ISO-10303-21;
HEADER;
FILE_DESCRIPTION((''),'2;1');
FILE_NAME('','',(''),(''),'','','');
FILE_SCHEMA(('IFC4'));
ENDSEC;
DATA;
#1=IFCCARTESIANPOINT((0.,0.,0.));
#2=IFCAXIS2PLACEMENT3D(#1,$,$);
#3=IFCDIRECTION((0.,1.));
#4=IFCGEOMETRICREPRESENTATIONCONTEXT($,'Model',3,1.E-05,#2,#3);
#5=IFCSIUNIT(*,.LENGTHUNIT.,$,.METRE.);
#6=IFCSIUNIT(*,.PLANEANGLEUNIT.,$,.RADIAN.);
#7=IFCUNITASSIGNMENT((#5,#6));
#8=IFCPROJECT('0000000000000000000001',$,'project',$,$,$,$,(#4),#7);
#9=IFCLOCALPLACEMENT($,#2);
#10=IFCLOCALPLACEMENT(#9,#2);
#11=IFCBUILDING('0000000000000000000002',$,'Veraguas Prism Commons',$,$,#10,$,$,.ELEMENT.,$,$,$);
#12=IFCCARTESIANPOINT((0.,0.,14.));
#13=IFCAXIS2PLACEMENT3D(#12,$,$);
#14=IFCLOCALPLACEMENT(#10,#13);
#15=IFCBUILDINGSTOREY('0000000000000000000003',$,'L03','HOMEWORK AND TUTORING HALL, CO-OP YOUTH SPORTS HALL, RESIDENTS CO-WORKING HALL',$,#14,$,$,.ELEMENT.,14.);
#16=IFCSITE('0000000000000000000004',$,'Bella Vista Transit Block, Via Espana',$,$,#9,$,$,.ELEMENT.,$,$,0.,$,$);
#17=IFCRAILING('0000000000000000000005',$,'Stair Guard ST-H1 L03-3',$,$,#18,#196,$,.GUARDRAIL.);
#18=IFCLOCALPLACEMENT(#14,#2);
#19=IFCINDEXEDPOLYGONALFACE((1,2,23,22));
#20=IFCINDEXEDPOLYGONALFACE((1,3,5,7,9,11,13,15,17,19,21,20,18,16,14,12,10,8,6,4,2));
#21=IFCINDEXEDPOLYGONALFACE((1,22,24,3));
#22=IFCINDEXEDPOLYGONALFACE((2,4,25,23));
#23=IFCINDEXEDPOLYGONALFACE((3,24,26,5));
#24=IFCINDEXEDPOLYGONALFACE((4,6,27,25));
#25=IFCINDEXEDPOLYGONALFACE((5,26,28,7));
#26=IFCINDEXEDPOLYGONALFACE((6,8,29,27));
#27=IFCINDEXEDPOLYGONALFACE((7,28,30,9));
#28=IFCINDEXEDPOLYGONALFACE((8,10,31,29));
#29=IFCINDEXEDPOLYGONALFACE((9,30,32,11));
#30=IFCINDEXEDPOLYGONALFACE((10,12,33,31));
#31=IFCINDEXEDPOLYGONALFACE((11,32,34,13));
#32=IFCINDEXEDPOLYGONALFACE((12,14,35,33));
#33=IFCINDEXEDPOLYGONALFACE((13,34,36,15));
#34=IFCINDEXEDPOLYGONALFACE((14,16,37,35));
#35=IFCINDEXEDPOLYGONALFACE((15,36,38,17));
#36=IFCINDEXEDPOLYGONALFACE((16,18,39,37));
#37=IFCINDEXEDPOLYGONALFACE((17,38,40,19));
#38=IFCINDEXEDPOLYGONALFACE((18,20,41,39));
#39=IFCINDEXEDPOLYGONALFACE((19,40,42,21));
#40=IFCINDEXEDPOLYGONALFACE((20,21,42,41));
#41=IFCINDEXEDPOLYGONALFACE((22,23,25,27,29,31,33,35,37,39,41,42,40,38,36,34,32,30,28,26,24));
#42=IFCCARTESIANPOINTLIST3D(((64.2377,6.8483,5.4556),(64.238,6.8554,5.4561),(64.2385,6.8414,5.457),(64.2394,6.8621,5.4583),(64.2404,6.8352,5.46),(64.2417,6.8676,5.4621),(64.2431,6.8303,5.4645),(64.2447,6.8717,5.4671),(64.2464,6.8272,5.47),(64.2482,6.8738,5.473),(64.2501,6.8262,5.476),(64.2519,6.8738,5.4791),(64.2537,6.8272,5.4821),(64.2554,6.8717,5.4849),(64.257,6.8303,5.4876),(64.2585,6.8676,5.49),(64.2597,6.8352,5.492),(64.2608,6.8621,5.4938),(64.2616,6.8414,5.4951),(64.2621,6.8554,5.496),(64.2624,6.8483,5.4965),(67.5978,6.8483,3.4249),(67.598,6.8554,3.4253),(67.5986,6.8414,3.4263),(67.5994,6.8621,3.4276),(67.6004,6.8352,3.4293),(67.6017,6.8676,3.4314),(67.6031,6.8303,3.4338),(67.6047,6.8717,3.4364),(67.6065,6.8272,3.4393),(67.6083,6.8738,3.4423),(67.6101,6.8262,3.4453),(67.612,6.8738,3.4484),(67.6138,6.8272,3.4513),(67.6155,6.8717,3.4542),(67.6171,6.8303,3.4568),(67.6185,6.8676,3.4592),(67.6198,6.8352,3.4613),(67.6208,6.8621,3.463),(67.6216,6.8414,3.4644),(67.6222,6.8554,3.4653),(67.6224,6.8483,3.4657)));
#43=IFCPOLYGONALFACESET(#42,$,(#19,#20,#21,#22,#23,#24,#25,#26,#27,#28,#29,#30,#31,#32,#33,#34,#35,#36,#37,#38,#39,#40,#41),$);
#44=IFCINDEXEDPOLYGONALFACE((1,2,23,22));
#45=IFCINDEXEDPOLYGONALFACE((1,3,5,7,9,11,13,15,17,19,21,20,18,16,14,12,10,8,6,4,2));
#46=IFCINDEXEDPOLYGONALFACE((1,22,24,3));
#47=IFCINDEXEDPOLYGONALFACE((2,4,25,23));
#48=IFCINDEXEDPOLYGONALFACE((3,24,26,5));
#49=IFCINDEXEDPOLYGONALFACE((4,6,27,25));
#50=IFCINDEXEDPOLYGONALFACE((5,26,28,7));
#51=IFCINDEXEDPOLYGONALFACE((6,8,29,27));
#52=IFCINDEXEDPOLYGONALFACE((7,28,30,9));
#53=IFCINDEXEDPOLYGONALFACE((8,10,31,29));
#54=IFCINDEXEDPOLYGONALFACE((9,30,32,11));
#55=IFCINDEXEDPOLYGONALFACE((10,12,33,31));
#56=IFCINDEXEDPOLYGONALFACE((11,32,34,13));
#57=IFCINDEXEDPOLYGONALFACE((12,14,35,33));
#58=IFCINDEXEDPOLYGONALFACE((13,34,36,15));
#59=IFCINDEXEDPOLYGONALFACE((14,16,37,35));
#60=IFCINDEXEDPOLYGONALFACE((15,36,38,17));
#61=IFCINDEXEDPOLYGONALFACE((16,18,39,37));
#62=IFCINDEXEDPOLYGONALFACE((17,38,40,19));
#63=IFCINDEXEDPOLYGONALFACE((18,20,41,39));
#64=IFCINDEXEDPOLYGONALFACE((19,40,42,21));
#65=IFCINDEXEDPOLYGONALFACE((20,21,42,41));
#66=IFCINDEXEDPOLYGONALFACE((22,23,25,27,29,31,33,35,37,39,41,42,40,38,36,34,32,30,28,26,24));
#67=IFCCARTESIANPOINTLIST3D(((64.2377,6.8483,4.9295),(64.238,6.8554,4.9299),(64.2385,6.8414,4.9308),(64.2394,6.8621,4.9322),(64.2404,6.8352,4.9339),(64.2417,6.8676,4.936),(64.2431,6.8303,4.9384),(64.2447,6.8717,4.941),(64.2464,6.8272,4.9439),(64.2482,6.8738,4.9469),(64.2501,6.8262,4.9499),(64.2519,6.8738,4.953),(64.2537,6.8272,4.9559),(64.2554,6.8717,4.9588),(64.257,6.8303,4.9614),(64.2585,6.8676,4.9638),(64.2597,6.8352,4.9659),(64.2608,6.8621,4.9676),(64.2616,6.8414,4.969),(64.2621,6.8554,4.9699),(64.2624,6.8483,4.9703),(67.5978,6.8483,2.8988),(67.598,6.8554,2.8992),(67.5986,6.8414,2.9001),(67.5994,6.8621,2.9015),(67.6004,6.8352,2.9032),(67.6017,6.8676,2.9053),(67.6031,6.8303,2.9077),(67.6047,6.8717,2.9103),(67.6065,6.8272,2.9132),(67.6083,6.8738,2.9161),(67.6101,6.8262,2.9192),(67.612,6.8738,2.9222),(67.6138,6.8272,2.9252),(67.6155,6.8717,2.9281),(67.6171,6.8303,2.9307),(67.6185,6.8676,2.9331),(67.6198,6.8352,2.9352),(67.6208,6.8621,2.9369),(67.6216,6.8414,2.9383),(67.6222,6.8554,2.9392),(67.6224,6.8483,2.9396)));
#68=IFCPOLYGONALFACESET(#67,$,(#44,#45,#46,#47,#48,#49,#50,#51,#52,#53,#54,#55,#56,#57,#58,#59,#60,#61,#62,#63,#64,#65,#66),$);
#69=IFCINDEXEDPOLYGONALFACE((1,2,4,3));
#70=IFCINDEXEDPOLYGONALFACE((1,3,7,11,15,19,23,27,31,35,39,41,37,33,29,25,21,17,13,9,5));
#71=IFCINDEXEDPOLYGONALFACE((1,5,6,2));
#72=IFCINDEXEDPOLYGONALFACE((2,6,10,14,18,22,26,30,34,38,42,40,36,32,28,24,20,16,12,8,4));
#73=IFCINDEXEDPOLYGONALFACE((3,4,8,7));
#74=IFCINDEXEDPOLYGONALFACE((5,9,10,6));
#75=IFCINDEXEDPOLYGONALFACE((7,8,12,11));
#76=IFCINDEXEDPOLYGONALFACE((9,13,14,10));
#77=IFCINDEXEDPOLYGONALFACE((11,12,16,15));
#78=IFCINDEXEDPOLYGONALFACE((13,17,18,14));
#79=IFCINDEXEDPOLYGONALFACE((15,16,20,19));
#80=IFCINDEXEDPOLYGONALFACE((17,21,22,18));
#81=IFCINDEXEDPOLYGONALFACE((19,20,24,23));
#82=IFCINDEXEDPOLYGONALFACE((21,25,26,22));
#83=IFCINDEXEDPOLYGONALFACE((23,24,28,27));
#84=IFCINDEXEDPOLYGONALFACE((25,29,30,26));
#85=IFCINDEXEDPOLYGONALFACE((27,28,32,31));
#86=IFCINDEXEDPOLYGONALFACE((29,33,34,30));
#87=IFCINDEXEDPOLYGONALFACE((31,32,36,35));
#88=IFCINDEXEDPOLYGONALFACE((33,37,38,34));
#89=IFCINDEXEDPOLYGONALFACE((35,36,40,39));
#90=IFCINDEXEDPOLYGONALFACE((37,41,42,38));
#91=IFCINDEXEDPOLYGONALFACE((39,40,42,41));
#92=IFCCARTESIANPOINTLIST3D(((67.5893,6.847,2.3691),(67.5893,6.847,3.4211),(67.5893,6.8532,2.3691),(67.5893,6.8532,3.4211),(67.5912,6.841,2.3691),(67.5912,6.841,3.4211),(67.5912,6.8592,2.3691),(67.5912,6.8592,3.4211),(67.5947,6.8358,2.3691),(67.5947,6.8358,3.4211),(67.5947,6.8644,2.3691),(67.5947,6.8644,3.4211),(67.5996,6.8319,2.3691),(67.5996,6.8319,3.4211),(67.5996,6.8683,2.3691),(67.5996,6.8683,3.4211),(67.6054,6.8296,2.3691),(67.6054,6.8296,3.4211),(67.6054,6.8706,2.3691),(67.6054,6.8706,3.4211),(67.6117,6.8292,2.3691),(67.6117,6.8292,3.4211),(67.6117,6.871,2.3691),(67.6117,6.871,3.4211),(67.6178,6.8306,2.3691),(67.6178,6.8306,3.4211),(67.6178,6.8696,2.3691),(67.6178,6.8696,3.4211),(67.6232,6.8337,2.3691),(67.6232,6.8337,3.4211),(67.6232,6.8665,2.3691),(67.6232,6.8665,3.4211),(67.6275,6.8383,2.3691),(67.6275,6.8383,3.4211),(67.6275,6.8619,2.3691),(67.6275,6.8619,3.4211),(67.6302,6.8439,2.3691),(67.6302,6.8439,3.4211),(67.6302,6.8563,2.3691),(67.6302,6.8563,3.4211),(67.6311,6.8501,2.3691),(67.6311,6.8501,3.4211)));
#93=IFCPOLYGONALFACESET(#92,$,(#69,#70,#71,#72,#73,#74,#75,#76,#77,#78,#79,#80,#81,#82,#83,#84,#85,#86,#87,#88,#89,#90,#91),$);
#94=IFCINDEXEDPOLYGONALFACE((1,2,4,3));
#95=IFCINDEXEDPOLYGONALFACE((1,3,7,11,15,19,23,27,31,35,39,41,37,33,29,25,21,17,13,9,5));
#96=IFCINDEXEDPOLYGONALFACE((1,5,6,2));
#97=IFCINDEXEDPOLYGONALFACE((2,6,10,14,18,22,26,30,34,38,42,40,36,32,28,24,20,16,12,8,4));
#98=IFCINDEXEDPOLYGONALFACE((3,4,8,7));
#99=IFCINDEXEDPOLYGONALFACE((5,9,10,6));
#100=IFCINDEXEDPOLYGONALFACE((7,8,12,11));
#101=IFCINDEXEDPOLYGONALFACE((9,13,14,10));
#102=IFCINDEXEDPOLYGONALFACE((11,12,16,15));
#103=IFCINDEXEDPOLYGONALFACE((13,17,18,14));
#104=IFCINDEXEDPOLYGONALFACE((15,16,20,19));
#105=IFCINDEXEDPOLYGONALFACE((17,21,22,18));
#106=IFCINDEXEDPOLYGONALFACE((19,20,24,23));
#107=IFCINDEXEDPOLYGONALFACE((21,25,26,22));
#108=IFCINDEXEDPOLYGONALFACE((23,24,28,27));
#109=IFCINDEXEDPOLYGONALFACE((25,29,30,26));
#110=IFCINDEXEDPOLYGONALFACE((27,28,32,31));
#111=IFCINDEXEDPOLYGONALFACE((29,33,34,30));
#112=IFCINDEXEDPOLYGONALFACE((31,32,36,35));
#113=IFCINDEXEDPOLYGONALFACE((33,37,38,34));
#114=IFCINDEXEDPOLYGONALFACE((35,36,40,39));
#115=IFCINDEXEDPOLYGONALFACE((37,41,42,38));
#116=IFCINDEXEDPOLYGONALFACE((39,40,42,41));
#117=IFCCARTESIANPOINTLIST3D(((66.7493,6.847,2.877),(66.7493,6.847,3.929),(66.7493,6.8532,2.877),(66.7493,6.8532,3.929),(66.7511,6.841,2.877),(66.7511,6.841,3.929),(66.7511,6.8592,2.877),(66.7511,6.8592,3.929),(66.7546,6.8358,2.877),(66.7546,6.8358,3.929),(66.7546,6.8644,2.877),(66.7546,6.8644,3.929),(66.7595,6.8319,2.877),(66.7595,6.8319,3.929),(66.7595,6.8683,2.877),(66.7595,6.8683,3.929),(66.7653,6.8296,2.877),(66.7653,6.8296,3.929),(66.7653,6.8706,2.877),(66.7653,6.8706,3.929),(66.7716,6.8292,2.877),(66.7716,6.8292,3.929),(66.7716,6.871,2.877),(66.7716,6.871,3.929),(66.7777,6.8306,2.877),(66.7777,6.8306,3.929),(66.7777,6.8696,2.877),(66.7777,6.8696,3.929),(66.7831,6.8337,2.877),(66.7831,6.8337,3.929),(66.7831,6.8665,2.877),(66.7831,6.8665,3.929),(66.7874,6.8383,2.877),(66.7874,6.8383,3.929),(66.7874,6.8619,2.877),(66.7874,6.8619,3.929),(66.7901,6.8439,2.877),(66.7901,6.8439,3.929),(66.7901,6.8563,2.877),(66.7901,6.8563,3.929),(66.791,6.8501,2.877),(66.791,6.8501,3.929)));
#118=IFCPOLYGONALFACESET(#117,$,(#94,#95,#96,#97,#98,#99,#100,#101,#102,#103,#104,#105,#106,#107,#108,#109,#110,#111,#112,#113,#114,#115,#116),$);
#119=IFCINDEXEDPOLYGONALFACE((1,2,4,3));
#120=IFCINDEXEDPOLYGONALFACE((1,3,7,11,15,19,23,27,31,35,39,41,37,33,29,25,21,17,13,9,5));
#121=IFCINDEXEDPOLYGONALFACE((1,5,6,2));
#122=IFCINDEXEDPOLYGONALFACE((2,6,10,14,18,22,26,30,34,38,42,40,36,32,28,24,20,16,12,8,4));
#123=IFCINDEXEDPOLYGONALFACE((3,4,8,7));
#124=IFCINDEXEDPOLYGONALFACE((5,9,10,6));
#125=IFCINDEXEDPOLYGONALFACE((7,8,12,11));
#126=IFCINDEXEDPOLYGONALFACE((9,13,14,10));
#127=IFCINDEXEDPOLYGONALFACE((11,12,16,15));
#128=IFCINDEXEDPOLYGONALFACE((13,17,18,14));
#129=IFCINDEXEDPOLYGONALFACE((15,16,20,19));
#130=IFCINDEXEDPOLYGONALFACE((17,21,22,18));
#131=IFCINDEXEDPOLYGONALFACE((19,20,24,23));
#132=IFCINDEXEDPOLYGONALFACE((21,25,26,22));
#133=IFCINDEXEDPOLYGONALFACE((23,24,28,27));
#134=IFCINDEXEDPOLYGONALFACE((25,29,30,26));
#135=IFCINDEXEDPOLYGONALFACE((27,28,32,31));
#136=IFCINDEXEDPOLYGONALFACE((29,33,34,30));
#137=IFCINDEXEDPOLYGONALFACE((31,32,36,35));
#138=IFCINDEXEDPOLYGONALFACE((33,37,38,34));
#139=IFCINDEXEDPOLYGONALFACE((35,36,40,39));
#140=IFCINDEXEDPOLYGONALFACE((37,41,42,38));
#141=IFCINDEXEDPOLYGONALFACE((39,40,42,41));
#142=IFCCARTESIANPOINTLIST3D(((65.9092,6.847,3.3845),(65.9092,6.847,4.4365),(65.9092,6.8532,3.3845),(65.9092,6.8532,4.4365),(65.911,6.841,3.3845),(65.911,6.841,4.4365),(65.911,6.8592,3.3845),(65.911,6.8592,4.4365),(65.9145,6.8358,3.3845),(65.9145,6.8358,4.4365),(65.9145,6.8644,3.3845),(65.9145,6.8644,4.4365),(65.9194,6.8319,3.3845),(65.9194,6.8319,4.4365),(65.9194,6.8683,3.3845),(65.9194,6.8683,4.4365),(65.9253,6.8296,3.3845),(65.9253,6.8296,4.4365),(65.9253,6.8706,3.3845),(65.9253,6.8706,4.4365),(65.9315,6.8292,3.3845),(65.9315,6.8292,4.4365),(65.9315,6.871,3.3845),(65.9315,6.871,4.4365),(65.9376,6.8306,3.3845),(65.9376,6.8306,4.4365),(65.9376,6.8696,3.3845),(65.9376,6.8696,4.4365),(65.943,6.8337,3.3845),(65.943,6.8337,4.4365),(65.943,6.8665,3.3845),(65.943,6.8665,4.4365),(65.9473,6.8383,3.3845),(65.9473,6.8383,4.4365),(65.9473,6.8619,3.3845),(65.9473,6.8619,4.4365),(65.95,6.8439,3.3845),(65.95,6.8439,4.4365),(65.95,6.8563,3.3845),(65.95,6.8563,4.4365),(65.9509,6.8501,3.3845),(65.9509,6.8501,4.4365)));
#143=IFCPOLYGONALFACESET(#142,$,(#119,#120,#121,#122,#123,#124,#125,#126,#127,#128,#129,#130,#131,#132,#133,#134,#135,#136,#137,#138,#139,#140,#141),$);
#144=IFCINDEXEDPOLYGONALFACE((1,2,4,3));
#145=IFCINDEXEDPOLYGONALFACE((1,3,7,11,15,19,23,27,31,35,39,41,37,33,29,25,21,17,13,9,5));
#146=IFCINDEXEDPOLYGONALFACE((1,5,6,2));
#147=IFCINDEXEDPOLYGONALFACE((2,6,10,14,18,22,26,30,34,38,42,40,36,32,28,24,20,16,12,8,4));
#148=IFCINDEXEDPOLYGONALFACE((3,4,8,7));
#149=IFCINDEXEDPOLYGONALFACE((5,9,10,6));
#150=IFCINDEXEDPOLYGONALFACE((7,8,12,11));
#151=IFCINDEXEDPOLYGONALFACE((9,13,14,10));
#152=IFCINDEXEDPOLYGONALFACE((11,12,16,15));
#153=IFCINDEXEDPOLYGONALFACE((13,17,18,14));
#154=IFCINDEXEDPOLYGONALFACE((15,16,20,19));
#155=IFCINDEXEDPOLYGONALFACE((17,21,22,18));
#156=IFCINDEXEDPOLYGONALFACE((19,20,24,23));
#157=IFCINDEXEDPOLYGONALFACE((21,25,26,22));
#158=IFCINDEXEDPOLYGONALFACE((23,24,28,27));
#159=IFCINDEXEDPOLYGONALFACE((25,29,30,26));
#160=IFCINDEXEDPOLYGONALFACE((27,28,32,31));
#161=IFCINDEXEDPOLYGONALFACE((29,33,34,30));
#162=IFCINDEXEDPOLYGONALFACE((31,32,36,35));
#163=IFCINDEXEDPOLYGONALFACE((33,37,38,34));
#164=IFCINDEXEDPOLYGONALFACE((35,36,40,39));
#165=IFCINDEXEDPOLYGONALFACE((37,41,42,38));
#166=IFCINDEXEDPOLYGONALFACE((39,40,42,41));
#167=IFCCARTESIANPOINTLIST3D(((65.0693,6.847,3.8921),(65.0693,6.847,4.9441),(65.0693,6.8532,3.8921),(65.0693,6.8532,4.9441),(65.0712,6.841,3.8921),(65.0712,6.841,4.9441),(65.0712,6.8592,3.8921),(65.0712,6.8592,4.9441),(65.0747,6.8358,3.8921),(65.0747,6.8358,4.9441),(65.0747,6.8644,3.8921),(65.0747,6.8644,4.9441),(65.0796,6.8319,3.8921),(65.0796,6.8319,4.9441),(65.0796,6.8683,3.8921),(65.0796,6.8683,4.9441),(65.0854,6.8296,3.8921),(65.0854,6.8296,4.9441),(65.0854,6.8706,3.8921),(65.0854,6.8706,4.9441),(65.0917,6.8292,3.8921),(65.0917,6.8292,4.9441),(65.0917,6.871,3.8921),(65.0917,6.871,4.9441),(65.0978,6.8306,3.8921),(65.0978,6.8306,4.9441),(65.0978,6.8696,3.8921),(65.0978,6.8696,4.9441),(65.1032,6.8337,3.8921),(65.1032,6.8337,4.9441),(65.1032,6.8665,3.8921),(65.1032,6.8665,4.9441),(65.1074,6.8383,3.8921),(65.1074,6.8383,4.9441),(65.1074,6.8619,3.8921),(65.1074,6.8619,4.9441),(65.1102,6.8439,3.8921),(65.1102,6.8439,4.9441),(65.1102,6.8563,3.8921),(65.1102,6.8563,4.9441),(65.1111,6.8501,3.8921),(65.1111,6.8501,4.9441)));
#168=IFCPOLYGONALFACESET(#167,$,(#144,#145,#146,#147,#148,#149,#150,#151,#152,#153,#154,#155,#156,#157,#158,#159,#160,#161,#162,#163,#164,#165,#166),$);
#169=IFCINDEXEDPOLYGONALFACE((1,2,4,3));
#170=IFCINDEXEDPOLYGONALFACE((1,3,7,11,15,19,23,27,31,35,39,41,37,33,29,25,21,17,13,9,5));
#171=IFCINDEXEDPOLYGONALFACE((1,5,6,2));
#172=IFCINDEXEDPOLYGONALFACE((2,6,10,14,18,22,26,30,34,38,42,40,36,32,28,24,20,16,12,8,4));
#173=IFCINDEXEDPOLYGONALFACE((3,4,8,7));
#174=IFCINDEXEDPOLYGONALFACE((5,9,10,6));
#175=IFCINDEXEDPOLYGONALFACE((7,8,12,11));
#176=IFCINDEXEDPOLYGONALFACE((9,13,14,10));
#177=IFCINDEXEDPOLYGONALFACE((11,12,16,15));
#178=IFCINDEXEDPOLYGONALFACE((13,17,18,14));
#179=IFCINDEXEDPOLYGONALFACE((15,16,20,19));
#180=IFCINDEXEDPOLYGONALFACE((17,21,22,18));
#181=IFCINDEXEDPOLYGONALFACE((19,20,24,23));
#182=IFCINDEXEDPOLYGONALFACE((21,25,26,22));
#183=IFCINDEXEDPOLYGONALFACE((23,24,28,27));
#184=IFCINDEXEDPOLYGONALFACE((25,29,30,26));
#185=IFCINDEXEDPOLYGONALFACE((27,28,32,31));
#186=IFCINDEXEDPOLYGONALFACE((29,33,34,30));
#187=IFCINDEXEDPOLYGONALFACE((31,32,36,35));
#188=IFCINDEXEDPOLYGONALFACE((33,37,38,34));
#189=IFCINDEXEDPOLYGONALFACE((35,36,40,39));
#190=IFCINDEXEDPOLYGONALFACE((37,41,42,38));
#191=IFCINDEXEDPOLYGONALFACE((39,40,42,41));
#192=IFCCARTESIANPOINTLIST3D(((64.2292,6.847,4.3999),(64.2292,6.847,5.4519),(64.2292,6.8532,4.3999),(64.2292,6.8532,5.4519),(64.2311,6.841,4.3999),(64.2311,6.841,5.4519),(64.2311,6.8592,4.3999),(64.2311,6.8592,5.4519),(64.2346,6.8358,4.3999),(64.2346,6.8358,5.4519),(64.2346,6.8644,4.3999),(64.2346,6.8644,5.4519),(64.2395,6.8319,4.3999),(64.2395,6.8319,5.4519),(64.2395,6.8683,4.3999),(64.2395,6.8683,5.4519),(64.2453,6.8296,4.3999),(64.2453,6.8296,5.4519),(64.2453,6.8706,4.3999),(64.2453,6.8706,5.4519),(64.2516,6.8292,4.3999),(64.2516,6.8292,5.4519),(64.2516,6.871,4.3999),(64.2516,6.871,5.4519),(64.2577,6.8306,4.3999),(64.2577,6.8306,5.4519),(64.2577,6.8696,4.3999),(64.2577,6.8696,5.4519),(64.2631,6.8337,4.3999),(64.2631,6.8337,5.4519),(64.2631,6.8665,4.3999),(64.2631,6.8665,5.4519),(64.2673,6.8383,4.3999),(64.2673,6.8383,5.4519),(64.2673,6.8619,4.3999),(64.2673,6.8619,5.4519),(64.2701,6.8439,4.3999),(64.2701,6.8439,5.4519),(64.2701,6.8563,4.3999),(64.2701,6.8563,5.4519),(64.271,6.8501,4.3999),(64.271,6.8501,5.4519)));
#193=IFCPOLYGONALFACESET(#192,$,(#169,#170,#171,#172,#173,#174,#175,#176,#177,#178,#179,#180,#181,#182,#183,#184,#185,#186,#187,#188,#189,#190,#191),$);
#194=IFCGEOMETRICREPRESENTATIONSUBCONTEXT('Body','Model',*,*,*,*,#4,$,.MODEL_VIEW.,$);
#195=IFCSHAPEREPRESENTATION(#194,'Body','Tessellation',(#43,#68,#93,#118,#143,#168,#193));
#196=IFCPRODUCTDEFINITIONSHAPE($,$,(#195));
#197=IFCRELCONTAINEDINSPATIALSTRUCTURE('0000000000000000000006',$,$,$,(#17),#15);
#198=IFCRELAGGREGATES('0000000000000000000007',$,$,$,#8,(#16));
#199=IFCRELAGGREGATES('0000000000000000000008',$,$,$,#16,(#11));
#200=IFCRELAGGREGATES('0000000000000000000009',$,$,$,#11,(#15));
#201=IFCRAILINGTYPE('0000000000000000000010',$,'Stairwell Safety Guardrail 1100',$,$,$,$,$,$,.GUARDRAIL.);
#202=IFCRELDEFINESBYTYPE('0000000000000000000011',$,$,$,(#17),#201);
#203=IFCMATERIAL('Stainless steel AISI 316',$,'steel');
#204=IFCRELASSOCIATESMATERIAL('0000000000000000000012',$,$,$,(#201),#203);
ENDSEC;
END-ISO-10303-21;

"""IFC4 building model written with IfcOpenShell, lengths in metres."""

from ifc_helpers import new_model, si_unit, direction, frame, origin, origin_2d, place, context, subcontext, project, spatial, circle, extrude, material, type_object, element, save


model = new_model("IFC4")

# Units and contexts
model_context = context("Model", 3, precision=1e-05, world=origin(), true_north=direction((0.0, 1.0)))
body_context = subcontext(model_context, "Body", "Model", "MODEL_VIEW")
ifc_project = project(units=[si_unit("LENGTHUNIT", "METRE"), si_unit("PLANEANGLEUNIT", "RADIAN")], contexts=[model_context])

# Site, building, storey
site_placement = place(None, origin())
site = spatial("IfcSite", under=ifc_project, at=site_placement, Name="Bella Vista Transit Block, Via Espana", CompositionType="ELEMENT", RefElevation=0.0)
building_placement = place(site_placement, origin())
building = spatial("IfcBuilding", under=site, at=building_placement, Name="Veraguas Prism Commons", CompositionType="ELEMENT")
storey_placement = place(building_placement, frame((0.0, 0.0, 14.0)))
storey = spatial("IfcBuildingStorey", under=building, at=storey_placement, Name="L03", Description="HOMEWORK AND TUTORING HALL, CO-OP YOUTH SPORTS HALL, RESIDENTS CO-WORKING HALL", CompositionType="ELEMENT", Elevation=14.0)

# Railing
ifc_material_1 = material(Name="Stainless steel AISI 316", Category="steel")
railing_type_1 = type_object("IfcRailingType", Name="Stairwell Safety Guardrail 1100", PredefinedType="GUARDRAIL", material=ifc_material_1)
railing_1_placement = place(storey_placement, frame((67.6101, 6.8501, 2.3691)))
element("IfcRailing", 1, at=railing_1_placement, inside=storey, type_object=railing_type_1, Name="Stair Guard ST-H1 L03-3", PredefinedType="GUARDRAIL", context=body_context, shape_type="SweptSolid", body=[
    extrude(circle(Radius=0.0239, at=origin_2d()), frame((0.0, 0.0, 1.0762), z_axis=(-0.855837, 0.0, 0.517246), x_axis=(0.0, -1.0, 0.0)), (0.0, 0.0, 1.0), 3.926),
    extrude(circle(Radius=0.0239, at=origin_2d()), frame((0.0, 0.0, 0.55), z_axis=(-0.855837, 0.0, 0.517246), x_axis=(0.0, -1.0, 0.0)), (0.0, 0.0, 1.0), 3.926),
    extrude(circle(Radius=0.021, at=origin_2d()), origin(), (0.0, 0.0, 1.0), 1.052),
    extrude(circle(Radius=0.021, at=origin_2d()), frame((-0.8401, 0.0, 0.5078)), (0.0, 0.0, 1.0), 1.052),
    extrude(circle(Radius=0.021, at=origin_2d()), frame((-1.6802, 0.0, 1.0154)), (0.0, 0.0, 1.0), 1.052),
    extrude(circle(Radius=0.021, at=origin_2d()), frame((-2.52, 0.0, 1.5229)), (0.0, 0.0, 1.0), 1.052),
    extrude(circle(Radius=0.021, at=origin_2d()), frame((-3.3601, 0.0, 2.0308)), (0.0, 0.0, 1.0), 1.052),
])

save(model, "model.ifc")
